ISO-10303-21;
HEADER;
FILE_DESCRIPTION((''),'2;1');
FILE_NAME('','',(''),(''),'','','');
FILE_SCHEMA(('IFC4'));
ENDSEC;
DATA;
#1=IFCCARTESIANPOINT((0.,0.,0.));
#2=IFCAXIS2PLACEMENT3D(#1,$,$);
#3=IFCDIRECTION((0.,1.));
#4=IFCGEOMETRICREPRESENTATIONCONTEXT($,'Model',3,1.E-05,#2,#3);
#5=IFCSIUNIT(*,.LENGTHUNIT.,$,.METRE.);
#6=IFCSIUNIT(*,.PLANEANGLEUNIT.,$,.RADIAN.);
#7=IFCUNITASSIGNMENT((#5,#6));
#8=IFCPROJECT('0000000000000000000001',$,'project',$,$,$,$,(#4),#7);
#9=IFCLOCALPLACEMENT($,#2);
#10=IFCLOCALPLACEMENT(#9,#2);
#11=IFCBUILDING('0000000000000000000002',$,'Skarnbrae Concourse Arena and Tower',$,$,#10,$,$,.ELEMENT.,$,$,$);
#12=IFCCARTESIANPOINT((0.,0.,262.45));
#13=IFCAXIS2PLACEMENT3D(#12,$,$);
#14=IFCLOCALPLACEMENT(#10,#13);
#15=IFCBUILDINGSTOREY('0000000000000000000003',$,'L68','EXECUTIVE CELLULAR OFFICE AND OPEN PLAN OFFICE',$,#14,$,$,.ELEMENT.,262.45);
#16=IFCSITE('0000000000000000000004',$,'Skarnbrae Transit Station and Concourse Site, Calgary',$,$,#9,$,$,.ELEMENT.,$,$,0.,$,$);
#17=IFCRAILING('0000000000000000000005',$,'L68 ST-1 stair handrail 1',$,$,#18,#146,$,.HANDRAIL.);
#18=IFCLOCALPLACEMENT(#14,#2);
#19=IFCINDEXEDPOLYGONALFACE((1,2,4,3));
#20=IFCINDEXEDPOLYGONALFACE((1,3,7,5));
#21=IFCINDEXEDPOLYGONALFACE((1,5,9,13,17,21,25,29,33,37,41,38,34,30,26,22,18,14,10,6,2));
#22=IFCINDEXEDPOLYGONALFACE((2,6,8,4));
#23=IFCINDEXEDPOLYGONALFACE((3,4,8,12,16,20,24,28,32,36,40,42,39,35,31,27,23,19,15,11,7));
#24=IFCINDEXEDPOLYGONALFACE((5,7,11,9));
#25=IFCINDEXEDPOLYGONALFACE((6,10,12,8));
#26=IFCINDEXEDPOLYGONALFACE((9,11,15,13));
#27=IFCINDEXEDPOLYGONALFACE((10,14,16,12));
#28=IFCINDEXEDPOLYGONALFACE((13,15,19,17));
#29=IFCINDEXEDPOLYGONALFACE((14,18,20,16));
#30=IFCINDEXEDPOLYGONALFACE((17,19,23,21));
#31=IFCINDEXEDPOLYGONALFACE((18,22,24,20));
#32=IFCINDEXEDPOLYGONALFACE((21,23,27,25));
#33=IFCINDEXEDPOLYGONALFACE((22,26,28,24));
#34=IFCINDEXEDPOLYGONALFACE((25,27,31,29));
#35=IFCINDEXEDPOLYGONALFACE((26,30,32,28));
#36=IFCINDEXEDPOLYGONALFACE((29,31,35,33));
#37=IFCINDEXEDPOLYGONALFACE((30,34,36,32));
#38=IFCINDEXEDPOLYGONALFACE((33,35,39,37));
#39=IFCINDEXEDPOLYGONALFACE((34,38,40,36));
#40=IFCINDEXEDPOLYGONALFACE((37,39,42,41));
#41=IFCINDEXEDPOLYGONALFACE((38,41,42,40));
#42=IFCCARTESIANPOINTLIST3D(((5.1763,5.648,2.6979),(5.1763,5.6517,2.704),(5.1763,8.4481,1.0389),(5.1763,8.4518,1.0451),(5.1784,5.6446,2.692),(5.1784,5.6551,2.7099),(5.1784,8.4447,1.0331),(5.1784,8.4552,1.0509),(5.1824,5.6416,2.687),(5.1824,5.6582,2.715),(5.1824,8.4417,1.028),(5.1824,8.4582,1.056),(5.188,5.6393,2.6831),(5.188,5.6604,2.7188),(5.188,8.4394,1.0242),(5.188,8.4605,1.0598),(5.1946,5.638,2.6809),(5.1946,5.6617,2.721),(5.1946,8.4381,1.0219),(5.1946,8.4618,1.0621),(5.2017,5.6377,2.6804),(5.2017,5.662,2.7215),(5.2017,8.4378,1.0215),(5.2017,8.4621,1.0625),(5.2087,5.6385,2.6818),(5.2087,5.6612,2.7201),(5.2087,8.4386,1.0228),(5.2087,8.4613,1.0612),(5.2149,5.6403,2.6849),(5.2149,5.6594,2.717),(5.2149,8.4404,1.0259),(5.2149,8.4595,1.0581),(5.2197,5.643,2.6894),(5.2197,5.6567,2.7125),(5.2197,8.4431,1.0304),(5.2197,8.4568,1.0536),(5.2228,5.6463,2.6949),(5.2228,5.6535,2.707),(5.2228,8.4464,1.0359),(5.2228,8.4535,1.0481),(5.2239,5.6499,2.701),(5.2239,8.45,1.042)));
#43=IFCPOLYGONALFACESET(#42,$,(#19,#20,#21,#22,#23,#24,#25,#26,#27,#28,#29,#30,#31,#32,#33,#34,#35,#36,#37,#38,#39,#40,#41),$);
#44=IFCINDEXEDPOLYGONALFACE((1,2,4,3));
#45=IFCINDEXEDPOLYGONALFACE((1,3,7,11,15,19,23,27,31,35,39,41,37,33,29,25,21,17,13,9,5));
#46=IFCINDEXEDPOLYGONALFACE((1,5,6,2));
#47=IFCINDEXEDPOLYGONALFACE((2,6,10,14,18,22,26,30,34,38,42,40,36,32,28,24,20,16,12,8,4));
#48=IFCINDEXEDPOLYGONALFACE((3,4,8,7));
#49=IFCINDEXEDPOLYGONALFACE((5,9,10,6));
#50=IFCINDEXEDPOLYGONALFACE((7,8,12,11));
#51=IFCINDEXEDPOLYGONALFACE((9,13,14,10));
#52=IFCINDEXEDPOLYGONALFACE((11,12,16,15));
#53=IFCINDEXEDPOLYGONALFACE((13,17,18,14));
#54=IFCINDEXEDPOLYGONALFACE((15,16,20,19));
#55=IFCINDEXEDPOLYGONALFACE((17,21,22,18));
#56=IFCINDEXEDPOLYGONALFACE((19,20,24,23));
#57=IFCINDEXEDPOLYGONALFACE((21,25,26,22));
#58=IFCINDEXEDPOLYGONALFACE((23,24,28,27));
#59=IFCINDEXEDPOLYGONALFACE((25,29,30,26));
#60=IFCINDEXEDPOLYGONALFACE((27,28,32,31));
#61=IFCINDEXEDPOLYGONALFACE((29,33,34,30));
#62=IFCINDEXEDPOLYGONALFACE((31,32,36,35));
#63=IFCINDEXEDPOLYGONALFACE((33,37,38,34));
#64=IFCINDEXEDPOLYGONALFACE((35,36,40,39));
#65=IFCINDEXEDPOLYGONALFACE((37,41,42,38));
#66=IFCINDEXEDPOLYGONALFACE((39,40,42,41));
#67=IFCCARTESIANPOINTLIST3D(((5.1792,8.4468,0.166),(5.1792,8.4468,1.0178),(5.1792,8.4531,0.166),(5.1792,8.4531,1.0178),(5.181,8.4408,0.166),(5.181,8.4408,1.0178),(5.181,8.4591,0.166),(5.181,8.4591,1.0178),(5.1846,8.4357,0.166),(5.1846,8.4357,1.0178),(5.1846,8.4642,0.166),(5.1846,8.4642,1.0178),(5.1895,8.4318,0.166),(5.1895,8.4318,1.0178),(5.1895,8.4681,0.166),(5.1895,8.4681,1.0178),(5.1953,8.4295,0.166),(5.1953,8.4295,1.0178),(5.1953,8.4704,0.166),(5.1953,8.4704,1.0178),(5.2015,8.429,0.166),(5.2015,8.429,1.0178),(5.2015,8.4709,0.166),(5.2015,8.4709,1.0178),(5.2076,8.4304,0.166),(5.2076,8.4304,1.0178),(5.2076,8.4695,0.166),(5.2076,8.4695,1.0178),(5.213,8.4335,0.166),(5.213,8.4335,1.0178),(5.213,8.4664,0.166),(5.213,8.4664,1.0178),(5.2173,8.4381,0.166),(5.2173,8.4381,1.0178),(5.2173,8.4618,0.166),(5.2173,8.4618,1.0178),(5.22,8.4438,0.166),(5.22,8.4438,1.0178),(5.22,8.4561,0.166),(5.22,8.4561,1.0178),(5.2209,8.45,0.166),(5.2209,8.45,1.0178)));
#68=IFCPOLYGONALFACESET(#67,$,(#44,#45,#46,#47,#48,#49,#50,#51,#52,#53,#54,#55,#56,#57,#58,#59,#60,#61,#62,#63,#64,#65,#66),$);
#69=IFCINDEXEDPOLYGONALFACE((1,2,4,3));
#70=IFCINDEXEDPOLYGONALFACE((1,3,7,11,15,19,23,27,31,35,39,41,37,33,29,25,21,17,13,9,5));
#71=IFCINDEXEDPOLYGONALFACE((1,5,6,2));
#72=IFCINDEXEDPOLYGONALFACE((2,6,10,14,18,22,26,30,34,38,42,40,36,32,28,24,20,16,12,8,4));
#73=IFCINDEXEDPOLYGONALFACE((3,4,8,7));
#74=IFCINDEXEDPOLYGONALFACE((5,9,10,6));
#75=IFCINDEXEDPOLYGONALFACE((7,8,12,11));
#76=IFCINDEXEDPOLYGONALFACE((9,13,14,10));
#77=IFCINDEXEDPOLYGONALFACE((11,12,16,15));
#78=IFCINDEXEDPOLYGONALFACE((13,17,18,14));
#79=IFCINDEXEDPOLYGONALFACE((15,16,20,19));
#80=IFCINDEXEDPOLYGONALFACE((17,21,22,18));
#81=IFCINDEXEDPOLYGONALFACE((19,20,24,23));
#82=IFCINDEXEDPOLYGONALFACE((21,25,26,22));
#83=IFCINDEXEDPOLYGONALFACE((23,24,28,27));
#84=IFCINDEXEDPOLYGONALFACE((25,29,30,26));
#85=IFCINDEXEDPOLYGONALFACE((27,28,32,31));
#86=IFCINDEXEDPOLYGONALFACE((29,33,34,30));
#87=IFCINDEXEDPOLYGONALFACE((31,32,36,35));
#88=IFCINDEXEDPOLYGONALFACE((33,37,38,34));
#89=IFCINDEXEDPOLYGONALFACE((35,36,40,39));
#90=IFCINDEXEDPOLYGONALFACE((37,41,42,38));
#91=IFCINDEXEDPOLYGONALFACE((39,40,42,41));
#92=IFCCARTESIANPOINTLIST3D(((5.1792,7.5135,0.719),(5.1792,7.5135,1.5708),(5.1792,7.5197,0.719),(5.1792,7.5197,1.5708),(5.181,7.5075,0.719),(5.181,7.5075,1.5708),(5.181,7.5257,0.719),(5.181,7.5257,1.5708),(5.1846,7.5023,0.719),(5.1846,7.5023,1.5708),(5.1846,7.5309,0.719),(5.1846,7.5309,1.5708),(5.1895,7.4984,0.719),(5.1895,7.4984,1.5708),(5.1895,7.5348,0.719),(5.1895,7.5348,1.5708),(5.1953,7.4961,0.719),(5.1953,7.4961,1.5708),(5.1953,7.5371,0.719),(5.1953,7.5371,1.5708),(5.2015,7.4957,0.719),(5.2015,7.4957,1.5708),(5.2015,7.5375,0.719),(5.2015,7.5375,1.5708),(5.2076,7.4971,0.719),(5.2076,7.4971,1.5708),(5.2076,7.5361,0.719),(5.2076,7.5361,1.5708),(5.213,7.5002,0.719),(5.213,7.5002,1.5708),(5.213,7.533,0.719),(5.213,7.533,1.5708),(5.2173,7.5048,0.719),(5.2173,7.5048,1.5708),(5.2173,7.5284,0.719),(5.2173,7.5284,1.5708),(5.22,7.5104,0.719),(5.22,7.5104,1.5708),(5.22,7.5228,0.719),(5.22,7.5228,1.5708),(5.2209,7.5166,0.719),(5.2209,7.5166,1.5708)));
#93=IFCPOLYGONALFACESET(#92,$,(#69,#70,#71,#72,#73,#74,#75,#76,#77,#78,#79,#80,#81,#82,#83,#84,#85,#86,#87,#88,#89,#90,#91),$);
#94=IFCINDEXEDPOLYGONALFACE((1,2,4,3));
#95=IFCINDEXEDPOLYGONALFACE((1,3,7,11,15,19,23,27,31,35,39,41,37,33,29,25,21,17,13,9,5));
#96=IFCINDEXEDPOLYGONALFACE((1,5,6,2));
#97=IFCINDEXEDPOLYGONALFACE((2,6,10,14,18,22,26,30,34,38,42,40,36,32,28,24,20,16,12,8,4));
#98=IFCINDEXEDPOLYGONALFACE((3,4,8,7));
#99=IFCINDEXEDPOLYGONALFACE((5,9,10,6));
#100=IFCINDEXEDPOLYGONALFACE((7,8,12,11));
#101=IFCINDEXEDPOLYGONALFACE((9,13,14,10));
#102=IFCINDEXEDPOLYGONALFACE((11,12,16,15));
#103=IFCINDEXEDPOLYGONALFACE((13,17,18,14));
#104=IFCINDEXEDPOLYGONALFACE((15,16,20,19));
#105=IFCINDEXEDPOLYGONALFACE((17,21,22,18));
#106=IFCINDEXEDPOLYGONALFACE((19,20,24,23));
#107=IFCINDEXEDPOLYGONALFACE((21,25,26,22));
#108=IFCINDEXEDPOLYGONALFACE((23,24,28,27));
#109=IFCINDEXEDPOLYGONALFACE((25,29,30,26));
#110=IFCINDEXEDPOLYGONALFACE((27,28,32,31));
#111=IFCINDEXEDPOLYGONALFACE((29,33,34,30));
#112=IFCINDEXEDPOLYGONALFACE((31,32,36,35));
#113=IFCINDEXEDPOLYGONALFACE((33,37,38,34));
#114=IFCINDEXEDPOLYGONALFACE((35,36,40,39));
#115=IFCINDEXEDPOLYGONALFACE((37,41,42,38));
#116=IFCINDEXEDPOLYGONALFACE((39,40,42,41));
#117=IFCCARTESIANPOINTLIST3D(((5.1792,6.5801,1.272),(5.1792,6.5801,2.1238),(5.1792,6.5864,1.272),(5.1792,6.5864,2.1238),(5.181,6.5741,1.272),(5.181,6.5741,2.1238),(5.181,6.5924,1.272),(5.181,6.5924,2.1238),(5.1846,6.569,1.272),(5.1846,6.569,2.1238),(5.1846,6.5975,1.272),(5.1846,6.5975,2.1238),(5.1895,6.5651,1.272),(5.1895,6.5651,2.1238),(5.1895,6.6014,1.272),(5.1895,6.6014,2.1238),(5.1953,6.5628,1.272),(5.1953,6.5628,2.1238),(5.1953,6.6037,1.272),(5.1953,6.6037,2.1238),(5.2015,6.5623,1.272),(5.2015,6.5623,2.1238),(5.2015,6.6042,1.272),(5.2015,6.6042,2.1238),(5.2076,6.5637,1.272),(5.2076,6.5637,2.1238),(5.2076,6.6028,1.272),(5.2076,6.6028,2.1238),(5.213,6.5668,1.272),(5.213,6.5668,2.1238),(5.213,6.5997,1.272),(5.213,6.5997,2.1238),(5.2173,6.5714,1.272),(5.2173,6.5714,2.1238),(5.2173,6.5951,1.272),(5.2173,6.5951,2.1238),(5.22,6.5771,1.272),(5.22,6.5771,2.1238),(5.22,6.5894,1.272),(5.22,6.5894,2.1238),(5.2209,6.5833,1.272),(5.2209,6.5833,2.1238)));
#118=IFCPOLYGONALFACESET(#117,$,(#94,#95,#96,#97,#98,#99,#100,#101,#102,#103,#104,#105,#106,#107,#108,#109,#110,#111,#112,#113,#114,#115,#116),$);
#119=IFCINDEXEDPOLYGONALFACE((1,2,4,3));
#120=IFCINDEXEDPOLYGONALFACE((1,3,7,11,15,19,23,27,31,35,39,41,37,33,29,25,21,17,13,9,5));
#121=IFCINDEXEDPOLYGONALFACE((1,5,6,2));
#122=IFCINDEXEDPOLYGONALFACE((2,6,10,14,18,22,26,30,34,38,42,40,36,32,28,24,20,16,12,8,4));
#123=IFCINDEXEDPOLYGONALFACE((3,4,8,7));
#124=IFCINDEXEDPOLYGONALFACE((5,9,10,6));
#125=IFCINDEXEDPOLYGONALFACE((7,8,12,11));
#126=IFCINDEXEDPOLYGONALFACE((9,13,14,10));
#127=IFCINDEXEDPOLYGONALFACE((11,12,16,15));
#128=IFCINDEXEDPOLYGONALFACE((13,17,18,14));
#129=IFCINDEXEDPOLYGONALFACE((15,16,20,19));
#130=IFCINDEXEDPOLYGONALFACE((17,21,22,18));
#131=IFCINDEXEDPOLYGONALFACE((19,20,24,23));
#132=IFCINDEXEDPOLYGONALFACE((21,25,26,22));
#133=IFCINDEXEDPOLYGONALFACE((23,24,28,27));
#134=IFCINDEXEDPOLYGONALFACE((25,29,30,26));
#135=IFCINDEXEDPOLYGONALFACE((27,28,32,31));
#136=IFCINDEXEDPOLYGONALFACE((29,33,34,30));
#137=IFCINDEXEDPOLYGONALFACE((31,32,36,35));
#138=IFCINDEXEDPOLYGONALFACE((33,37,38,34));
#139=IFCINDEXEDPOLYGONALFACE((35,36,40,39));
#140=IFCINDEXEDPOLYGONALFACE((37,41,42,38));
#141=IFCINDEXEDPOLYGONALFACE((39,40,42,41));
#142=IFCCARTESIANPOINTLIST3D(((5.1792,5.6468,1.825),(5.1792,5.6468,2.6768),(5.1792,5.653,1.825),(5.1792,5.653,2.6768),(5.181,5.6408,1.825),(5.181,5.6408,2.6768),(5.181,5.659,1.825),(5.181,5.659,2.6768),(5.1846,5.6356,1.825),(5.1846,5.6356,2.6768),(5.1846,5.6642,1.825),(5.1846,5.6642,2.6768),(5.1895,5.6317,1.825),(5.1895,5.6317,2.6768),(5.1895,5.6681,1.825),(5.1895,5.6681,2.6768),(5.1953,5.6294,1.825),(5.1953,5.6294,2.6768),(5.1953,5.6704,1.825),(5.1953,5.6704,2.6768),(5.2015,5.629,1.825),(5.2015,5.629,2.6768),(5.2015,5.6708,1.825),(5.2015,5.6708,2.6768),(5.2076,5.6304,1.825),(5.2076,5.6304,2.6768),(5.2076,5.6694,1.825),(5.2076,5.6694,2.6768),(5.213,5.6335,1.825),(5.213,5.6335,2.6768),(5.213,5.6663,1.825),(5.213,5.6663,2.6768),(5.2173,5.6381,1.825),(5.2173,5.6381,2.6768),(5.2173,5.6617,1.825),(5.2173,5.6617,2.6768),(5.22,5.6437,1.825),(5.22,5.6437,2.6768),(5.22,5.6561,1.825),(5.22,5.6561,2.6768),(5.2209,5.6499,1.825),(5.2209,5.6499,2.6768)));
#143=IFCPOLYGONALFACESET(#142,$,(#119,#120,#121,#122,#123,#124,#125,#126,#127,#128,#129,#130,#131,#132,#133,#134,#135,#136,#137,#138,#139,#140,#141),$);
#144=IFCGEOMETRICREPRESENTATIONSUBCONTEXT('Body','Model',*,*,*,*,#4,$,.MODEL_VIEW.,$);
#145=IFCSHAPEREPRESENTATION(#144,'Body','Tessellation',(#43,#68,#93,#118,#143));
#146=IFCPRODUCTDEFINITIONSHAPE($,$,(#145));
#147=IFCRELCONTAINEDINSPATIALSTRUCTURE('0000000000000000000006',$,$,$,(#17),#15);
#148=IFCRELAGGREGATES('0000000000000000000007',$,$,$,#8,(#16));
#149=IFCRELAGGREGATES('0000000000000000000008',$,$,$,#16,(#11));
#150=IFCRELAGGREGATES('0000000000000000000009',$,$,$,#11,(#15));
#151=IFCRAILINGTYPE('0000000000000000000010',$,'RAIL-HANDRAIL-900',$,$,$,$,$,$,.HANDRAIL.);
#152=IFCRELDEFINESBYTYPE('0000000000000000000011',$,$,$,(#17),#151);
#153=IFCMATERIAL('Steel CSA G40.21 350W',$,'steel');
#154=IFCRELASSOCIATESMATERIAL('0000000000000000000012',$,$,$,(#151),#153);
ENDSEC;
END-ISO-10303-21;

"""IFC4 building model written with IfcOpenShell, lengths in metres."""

from ifc_helpers import new_model, si_unit, direction, frame, origin, origin_2d, place, context, subcontext, project, spatial, circle, extrude, material, type_object, element, save


model = new_model("IFC4")

# Units and contexts
model_context = context("Model", 3, precision=1e-05, world=origin(), true_north=direction((0.0, 1.0)))
body_context = subcontext(model_context, "Body", "Model", "MODEL_VIEW")
ifc_project = project(units=[si_unit("LENGTHUNIT", "METRE"), si_unit("PLANEANGLEUNIT", "RADIAN")], contexts=[model_context])

# Site, building, storey
site_placement = place(None, origin())
site = spatial("IfcSite", under=ifc_project, at=site_placement, Name="Skarnbrae Transit Station and Concourse Site, Calgary", CompositionType="ELEMENT", RefElevation=0.0)
building_placement = place(site_placement, origin())
building = spatial("IfcBuilding", under=site, at=building_placement, Name="Skarnbrae Concourse Arena and Tower", CompositionType="ELEMENT")
storey_placement = place(building_placement, frame((0.0, 0.0, 262.45)))
storey = spatial("IfcBuildingStorey", under=building, at=storey_placement, Name="L68", Description="EXECUTIVE CELLULAR OFFICE AND OPEN PLAN OFFICE", CompositionType="ELEMENT", Elevation=262.45)

# Shared definitions
ifc_material_1 = material(Name="Steel CSA G40.21 350W", Category="steel")

# Railing
railing_type_1 = type_object("IfcRailingType", Name="RAIL-HANDRAIL-900", PredefinedType="HANDRAIL", material=ifc_material_1)
railing_1_placement = place(storey_placement, frame((5.2, 8.45, 0.166)))
element("IfcRailing", 1, at=railing_1_placement, inside=storey, type_object=railing_type_1, Name="L68 ST-1 stair handrail 1", PredefinedType="HANDRAIL", context=body_context, shape_type="SweptSolid", body=[
    extrude(circle(Radius=0.0239, at=origin_2d()), frame((0.0, 0.0, 0.876), z_axis=(0.0, -0.860339, 0.509722), x_axis=(1.0, 0.0, 0.0)), (0.0, 0.0, 1.0), 3.2546),
    extrude(circle(Radius=0.021, at=origin_2d()), origin(), (0.0, 0.0, 1.0), 0.8518),
    extrude(circle(Radius=0.021, at=origin_2d()), frame((0.0, -0.9333, 0.553)), (0.0, 0.0, 1.0), 0.8518),
    extrude(circle(Radius=0.021, at=origin_2d()), frame((0.0, -1.8667, 1.106)), (0.0, 0.0, 1.0), 0.8518),
    extrude(circle(Radius=0.021, at=origin_2d()), frame((0.0, -2.8, 1.6589)), (0.0, 0.0, 1.0), 0.8518),
])

save(model, "model.ifc")
